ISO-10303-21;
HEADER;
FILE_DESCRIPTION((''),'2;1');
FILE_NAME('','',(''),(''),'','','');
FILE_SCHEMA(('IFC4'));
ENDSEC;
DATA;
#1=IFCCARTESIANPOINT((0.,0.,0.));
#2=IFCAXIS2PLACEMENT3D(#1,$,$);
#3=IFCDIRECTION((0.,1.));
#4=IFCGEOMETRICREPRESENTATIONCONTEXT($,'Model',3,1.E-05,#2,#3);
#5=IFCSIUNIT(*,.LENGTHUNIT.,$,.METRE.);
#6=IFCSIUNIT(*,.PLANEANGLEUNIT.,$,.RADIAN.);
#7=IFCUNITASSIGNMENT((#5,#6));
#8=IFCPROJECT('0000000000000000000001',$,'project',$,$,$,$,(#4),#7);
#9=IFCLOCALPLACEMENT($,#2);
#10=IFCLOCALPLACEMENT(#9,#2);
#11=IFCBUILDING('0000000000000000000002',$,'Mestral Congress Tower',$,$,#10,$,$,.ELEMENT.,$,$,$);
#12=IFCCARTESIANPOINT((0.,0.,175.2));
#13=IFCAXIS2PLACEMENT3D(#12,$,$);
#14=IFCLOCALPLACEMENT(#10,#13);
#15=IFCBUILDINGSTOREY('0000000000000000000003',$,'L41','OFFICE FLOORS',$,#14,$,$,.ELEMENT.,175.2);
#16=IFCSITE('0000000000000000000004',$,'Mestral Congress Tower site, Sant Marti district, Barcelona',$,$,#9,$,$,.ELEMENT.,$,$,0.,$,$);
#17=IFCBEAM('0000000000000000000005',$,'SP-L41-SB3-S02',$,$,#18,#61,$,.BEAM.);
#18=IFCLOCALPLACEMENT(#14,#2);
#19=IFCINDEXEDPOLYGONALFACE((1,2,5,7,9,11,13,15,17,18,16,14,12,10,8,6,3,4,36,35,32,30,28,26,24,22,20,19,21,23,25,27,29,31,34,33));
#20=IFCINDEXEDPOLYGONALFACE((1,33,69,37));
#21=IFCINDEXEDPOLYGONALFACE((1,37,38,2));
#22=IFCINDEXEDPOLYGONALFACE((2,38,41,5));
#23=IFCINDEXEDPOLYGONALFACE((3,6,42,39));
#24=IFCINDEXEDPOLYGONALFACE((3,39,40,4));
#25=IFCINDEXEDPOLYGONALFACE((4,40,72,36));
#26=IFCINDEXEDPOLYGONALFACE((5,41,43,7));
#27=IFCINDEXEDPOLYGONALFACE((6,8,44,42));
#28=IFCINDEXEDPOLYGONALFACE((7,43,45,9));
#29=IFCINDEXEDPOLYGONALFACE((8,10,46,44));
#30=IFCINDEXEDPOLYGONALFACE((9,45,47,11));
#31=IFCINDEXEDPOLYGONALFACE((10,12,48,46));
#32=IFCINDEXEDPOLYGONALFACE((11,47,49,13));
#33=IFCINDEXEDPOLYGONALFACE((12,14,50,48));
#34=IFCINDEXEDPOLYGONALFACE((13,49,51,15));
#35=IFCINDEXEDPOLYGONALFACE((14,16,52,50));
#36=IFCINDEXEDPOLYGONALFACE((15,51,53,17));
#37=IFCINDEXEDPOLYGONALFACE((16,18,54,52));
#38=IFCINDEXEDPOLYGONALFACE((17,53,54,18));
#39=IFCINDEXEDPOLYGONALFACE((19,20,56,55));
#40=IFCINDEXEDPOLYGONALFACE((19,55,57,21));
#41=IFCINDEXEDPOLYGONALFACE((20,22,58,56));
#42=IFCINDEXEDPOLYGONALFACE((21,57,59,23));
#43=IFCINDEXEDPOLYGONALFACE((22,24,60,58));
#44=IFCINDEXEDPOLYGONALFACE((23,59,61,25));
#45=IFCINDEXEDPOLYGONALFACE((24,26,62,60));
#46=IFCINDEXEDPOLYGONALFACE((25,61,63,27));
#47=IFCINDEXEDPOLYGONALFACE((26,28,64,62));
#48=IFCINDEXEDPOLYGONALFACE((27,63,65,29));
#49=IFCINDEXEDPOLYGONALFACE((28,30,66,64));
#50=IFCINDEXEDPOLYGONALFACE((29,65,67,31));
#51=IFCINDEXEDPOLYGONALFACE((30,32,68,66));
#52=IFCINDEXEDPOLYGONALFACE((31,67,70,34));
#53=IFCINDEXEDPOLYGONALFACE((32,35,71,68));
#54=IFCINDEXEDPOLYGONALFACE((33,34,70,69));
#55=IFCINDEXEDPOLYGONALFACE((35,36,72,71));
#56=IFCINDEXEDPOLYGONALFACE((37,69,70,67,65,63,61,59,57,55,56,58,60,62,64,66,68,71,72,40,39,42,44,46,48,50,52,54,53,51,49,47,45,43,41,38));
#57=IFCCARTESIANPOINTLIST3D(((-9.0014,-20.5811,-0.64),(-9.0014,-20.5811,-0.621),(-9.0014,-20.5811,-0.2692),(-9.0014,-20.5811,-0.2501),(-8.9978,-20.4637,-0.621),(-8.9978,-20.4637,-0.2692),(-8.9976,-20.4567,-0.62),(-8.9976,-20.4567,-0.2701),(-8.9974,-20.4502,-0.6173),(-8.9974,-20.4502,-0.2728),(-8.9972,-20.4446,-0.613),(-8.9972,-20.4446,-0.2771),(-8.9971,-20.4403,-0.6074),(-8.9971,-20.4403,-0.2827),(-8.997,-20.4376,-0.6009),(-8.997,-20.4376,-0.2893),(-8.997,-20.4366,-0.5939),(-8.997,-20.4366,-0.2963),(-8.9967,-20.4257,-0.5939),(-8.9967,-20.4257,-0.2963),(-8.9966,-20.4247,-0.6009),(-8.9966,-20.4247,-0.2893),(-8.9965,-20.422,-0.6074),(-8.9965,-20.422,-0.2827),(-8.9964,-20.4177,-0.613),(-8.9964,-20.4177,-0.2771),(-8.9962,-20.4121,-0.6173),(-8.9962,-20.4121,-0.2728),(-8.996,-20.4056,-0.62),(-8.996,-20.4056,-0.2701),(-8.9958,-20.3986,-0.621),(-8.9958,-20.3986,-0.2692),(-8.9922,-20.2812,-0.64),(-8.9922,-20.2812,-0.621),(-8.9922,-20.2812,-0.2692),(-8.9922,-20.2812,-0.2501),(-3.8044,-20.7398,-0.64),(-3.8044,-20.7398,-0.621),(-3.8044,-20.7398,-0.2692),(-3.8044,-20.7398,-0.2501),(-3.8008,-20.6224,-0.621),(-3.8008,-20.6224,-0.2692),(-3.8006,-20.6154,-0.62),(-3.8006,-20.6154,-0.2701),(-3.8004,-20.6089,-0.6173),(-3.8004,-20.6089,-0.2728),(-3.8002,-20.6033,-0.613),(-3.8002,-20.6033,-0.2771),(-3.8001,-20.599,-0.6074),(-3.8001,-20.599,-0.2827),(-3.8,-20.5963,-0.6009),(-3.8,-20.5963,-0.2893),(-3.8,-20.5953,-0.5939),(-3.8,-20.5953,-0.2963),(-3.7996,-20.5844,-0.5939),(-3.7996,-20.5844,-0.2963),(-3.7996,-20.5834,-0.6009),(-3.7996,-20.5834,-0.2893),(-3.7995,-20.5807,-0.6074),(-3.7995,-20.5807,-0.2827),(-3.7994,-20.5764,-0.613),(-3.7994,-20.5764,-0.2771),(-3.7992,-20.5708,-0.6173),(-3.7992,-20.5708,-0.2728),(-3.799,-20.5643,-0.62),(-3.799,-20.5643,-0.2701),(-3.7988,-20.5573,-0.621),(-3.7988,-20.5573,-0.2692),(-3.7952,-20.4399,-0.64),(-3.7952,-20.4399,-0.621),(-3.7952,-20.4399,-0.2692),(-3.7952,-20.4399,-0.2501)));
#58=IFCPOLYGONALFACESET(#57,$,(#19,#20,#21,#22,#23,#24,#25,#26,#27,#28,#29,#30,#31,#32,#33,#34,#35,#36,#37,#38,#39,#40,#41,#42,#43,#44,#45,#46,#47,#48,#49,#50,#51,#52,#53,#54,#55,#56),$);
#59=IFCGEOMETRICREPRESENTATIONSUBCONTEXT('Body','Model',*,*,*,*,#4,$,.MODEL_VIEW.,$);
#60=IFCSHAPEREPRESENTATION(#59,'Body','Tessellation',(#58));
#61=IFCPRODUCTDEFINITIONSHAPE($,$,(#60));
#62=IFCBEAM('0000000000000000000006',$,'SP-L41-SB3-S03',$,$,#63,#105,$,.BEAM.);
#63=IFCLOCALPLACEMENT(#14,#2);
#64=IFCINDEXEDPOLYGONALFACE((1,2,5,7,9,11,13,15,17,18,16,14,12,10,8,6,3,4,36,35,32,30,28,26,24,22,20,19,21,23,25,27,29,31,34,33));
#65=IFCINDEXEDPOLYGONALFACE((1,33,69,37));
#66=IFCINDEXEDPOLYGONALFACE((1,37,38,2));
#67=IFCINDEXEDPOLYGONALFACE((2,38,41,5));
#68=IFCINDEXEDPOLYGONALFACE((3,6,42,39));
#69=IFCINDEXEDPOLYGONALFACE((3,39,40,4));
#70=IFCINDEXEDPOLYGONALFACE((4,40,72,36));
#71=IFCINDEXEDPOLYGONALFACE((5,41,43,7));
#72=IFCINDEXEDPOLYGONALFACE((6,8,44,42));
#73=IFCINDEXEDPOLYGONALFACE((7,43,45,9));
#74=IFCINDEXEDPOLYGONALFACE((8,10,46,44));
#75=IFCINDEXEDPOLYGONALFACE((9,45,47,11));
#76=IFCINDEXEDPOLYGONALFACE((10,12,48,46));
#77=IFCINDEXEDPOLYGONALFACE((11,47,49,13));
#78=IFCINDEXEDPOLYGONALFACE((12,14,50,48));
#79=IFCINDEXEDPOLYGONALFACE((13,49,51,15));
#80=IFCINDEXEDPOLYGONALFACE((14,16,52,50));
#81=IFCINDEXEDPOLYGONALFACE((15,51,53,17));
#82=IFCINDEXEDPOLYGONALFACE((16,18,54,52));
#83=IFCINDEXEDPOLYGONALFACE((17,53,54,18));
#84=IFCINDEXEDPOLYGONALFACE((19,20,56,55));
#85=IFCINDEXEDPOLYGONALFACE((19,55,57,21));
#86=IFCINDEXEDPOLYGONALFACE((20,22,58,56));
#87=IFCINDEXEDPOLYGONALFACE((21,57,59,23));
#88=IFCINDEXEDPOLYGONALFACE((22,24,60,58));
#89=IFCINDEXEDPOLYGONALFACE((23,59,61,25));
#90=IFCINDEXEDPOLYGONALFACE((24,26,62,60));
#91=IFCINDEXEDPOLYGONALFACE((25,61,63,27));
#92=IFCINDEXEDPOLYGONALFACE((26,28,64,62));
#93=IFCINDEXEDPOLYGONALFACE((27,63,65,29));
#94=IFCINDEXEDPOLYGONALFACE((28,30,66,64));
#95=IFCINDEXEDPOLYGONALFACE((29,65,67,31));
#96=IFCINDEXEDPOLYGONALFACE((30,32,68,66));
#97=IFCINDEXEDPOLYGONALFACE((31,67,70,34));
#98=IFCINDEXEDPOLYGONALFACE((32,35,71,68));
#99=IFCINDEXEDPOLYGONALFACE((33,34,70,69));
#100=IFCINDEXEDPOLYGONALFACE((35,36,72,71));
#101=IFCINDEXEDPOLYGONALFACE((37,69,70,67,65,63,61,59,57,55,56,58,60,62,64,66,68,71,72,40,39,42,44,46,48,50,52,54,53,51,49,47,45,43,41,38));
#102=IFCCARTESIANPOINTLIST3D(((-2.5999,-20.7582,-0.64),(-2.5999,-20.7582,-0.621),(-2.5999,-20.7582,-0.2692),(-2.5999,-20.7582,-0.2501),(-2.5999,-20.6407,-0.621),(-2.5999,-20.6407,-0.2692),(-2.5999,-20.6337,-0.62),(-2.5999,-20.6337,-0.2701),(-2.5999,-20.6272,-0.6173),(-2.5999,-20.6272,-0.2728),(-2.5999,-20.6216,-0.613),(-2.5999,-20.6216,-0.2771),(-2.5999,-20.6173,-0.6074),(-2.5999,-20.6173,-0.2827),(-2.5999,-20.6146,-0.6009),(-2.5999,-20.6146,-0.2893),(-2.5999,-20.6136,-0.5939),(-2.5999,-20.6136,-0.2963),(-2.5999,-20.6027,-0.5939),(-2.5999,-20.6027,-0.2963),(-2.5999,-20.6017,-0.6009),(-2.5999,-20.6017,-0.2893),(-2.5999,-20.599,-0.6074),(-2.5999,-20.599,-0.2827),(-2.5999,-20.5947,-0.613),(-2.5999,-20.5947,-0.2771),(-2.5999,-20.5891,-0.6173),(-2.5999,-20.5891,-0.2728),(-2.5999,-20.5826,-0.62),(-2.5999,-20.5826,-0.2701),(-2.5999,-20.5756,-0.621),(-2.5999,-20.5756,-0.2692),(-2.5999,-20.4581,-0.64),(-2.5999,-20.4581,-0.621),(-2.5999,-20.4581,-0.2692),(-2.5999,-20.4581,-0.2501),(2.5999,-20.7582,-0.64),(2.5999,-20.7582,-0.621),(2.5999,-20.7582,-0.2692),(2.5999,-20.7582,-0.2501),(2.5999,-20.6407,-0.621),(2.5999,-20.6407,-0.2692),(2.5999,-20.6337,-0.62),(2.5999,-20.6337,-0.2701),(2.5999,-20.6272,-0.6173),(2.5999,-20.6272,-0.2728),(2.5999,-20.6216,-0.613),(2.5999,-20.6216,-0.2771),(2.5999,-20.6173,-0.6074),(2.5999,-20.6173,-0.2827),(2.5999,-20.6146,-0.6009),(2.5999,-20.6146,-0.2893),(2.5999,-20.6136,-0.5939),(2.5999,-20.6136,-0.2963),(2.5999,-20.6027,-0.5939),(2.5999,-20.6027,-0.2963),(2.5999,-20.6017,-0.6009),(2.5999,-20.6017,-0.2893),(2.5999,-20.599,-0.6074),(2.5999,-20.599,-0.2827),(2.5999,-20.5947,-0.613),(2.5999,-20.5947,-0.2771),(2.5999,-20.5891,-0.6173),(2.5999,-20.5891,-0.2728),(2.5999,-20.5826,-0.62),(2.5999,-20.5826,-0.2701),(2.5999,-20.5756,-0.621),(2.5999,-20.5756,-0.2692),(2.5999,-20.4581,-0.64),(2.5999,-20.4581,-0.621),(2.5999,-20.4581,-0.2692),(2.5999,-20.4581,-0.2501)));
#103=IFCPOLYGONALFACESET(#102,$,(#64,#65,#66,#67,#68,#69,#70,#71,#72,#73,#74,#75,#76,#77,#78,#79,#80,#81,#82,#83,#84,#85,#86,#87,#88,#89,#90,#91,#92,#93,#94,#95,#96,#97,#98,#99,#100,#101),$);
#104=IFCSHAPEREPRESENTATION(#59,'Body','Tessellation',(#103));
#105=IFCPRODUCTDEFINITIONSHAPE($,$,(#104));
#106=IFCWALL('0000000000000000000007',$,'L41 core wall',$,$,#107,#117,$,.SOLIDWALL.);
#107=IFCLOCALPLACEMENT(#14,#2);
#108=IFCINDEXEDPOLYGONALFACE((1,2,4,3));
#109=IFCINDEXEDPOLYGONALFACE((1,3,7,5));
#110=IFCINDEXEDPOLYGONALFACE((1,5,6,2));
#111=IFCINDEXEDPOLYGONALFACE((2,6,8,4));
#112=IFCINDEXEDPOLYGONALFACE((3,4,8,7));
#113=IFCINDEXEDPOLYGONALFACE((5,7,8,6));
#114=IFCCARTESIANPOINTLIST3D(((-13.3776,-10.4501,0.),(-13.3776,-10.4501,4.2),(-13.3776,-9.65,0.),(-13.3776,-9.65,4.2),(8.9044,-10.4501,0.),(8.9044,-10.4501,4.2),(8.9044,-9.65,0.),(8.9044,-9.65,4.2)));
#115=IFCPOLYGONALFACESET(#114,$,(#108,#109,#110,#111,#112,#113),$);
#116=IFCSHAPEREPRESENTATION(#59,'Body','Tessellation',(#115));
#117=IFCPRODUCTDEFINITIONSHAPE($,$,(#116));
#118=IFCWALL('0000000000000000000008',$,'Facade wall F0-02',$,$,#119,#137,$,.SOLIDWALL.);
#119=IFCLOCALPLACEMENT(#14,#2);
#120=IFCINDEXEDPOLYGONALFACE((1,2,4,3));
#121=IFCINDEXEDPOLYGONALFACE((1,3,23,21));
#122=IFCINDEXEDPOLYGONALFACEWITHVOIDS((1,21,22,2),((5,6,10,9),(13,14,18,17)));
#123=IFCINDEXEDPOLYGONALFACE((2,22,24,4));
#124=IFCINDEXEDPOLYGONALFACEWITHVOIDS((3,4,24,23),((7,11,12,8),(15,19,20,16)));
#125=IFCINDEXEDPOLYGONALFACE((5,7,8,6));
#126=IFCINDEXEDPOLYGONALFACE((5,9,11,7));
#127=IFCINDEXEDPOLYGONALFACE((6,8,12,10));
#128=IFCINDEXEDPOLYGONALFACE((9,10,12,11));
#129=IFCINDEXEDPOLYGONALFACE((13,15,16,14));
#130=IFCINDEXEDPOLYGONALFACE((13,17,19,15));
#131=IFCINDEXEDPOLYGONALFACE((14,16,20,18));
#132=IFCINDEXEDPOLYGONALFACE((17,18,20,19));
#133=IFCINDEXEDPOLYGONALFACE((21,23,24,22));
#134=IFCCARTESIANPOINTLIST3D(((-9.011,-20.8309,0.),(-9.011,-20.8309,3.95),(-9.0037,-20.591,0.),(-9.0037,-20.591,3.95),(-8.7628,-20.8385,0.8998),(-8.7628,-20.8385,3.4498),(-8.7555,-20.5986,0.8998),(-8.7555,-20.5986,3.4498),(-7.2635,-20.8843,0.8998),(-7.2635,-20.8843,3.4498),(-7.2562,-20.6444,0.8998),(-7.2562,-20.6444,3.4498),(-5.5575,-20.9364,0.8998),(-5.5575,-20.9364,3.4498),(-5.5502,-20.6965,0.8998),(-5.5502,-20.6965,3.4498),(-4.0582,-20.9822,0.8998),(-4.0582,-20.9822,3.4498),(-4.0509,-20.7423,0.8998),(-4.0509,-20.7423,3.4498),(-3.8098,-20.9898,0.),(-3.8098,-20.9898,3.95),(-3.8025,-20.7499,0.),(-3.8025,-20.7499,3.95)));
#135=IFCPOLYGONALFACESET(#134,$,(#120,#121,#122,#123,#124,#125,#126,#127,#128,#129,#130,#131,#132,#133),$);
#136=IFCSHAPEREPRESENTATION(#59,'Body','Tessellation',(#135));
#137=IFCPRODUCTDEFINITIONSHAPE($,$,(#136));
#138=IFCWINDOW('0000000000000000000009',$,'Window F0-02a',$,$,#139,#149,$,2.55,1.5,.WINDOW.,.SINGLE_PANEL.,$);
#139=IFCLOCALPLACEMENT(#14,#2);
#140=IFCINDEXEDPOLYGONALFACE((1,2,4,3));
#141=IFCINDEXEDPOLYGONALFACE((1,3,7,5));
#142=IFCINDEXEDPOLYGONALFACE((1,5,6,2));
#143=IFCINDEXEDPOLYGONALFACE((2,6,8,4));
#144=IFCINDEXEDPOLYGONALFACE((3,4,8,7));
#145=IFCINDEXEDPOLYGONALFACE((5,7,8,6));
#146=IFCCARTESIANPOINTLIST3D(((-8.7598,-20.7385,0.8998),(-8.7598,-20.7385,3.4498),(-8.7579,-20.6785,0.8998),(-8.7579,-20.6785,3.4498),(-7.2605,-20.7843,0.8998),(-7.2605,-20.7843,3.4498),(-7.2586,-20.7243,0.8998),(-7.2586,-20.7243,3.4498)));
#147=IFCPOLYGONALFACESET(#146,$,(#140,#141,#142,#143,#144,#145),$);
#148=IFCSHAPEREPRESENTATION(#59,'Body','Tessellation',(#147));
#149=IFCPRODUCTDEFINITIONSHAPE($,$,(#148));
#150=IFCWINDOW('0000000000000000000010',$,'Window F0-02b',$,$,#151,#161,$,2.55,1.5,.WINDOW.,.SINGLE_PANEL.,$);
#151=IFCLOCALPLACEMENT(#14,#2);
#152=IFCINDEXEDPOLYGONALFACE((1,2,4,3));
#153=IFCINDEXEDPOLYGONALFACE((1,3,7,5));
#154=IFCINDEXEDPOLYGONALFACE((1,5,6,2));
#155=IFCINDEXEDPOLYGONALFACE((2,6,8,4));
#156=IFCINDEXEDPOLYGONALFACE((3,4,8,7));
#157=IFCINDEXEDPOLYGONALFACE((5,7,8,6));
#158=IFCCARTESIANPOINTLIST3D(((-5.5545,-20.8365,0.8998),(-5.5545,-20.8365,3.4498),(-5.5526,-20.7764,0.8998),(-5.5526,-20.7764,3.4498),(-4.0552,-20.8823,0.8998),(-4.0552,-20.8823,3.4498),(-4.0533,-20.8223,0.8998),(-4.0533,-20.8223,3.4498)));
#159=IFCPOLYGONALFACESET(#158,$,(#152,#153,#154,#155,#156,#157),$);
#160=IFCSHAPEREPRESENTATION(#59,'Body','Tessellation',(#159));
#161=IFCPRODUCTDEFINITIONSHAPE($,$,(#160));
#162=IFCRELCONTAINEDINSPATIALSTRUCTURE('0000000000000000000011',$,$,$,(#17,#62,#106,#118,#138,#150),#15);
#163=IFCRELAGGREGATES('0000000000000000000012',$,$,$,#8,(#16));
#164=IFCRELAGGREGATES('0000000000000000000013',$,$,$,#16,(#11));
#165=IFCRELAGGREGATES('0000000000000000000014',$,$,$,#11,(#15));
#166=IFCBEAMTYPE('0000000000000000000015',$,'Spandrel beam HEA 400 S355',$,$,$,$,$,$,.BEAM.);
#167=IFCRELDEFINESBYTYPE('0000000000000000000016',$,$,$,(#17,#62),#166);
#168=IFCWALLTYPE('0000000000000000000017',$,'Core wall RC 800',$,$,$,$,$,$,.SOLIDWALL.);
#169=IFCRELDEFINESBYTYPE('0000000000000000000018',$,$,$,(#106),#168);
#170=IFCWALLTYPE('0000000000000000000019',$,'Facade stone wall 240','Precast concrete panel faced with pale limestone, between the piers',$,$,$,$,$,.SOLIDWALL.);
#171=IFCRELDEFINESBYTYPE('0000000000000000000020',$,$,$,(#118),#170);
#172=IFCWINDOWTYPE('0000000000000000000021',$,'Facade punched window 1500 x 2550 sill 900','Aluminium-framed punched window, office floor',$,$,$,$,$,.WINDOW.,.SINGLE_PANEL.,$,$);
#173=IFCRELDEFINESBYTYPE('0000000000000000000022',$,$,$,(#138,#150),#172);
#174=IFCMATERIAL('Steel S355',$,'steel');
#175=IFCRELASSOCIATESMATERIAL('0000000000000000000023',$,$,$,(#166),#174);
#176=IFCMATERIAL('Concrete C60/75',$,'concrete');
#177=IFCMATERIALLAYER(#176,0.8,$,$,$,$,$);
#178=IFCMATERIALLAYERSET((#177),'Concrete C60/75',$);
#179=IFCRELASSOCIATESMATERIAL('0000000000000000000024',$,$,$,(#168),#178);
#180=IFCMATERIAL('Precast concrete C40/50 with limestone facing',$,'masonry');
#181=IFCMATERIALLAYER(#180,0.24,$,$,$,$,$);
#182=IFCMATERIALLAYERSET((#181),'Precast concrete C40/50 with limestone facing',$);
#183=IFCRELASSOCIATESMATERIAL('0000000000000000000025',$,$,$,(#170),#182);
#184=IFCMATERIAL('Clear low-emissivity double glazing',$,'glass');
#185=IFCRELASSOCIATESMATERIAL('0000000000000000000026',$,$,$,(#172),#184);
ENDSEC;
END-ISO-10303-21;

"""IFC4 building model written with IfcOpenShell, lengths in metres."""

from ifc_helpers import new_model, si_unit, direction, frame, frame_2d, origin, origin_2d, place, context, subcontext, project, spatial, rectangle, i_section, extrude, material, layer, layer_set, material_profile, profile_set, type_object, element, fill, save


model = new_model("IFC4")

# Units and contexts
model_context = context("Model", 3, precision=1e-05, world=origin(), true_north=direction((0.0, 1.0)))
body_context = subcontext(model_context, "Body", "Model", "MODEL_VIEW")
ifc_project = project(units=[si_unit("LENGTHUNIT", "METRE"), si_unit("PLANEANGLEUNIT", "RADIAN")], contexts=[model_context])

# Site, building, storey
site_placement = place(None, origin())
site = spatial("IfcSite", under=ifc_project, at=site_placement, Name="Mestral Congress Tower site, Sant Marti district, Barcelona", CompositionType="ELEMENT", RefElevation=0.0)
building_placement = place(site_placement, origin())
building = spatial("IfcBuilding", under=site, at=building_placement, Name="Mestral Congress Tower", CompositionType="ELEMENT")
storey_placement = place(building_placement, frame((0.0, 0.0, 175.2)))
storey = spatial("IfcBuildingStorey", under=building, at=storey_placement, Name="L41", Description="OFFICE FLOORS", CompositionType="ELEMENT", Elevation=175.2)

# Shared definitions
ifc_material_1 = material(Name="Concrete C60/75", Category="concrete")

# Beams
ifc_material_2 = material(Name="Steel S355", Category="steel")
ifc_material_profile_1 = material_profile(ifc_material_2, i_section(OverallWidth=0.3, OverallDepth=0.3899, WebThickness=0.011, FlangeThickness=0.019, FilletRadius=0.0271, at=origin_2d()), Name="HEA 400")
ifc_profile_set_1 = profile_set([ifc_material_profile_1], Name="Steel S355")
beam_type_1 = type_object("IfcBeamType", Name="Spandrel beam HEA 400 S355", PredefinedType="BEAM", material=ifc_profile_set_1)
beam_1_placement = place(storey_placement, frame((-8.9968, -20.4312, -0.4451), z_axis=(0.999534, -0.030521, 0.0), x_axis=(0.030521, 0.999534, 0.0)))
element("IfcBeam", 1, at=beam_1_placement, inside=storey, type_object=beam_type_1, Name="SP-L41-SB3-S02", PredefinedType="BEAM", context=body_context, shape_type="SweptSolid", body=[
    extrude(i_section(OverallWidth=0.3, OverallDepth=0.3899, WebThickness=0.011, FlangeThickness=0.019, FilletRadius=0.0271, at=origin_2d()), origin(), (0.0, 0.0, 1.0), 5.1995),
])
beam_2_placement = place(storey_placement, frame((-2.5999, -20.6082, -0.4451), z_axis=(1.0, 0.0, 0.0), x_axis=(0.0, 1.0, 0.0)))
element("IfcBeam", 2, at=beam_2_placement, inside=storey, type_object=beam_type_1, Name="SP-L41-SB3-S03", PredefinedType="BEAM", context=body_context, shape_type="SweptSolid", body=[
    extrude(i_section(OverallWidth=0.3, OverallDepth=0.3899, WebThickness=0.011, FlangeThickness=0.019, FilletRadius=0.0271, at=origin_2d()), origin(), (0.0, 0.0, 1.0), 5.1997),
])

# Wall
ifc_layer_1 = layer(ifc_material_1, 0.8)
ifc_layer_set_1 = layer_set([ifc_layer_1], Name="Concrete C60/75")
wall_type_1 = type_object("IfcWallType", Name="Core wall RC 800", PredefinedType="SOLIDWALL", material=ifc_layer_set_1)
wall_1_placement = place(storey_placement, frame((-13.3777, -10.05, 0.0), z_axis=(0.0, 0.0, 1.0), x_axis=(1.0, 0.0, 0.0)))
element("IfcWall", 3, at=wall_1_placement, inside=storey, type_object=wall_type_1, Name="L41 core wall", PredefinedType="SOLIDWALL", context=body_context, shape_type="SweptSolid", body=[
    extrude(rectangle(XDim=22.282, YDim=0.8, at=frame_2d((11.1411, 0.0))), origin(), (0.0, 0.0, 1.0), 4.2),
])

# Wall, openings, windows
ifc_material_3 = material(Name="Precast concrete C40/50 with limestone facing", Category="masonry")
ifc_layer_2 = layer(ifc_material_3, 0.24)
ifc_layer_set_2 = layer_set([ifc_layer_2], Name="Precast concrete C40/50 with limestone facing")
wall_type_2 = type_object("IfcWallType", Name="Facade stone wall 240", Description="Precast concrete panel faced with pale limestone, between the piers", PredefinedType="SOLIDWALL", material=ifc_layer_set_2)
wall_2_placement = place(storey_placement, frame((-9.0073, -20.7109, 0.0), z_axis=(0.0, 0.0, 1.0), x_axis=(0.999533, -0.030543, 0.0)))
wall_2 = element("IfcWall", 4, at=wall_2_placement, inside=storey, type_object=wall_type_2, Name="Facade wall F0-02", PredefinedType="SOLIDWALL", context=body_context, shape_type="SweptSolid", body=[
    extrude(rectangle(XDim=5.2036, YDim=0.24, at=frame_2d((2.6018, 0.0))), origin(), (0.0, 0.0, 1.0), 3.95),
])
opening_1_placement = place(wall_2_placement, frame((0.2483, 0.0, 0.8999)))
opening_1 = element("IfcOpeningElement", 5, at=opening_1_placement, cuts=wall_2, PredefinedType="OPENING", context=body_context, shape_type="SweptSolid", body=[
    extrude(rectangle(XDim=1.5, YDim=2.55, at=frame_2d((0.75, 1.2749))), frame((0.0, 0.1299, 0.0), z_axis=(0.0, -1.0, 0.0), x_axis=(1.0, 0.0, 0.0)), (0.0, 0.0, 1.0), 0.26),
])
opening_2_placement = place(wall_2_placement, frame((3.4551, 0.0, 0.8999)))
opening_2 = element("IfcOpeningElement", 6, at=opening_2_placement, cuts=wall_2, PredefinedType="OPENING", context=body_context, shape_type="SweptSolid", body=[
    extrude(rectangle(XDim=1.5, YDim=2.55, at=frame_2d((0.75, 1.2749))), frame((0.0, 0.1299, 0.0), z_axis=(0.0, -1.0, 0.0), x_axis=(1.0, 0.0, 0.0)), (0.0, 0.0, 1.0), 0.26),
])
ifc_material_4 = material(Name="Clear low-emissivity double glazing", Category="glass")
window_type = type_object("IfcWindowType", Name="Facade punched window 1500 x 2550 sill 900", Description="Aluminium-framed punched window, office floor", PartitioningType="SINGLE_PANEL", PredefinedType="WINDOW", material=ifc_material_4)
window_1_placement = place(opening_1_placement, origin())
window_1 = element("IfcWindow", 7, at=window_1_placement, inside=storey, type_object=window_type, Name="Window F0-02a", OverallHeight=2.55, OverallWidth=1.5, PartitioningType="SINGLE_PANEL", PredefinedType="WINDOW", context=body_context, shape_type="SweptSolid", body=[
    extrude(rectangle(XDim=1.5, YDim=2.55, at=frame_2d((0.75, 1.2749))), frame((0.0, 0.04, 0.0), z_axis=(0.0, -1.0, 0.0), x_axis=(1.0, 0.0, 0.0)), (0.0, 0.0, 1.0), 0.0601),
])
fill(opening_1, window_1)
window_2_placement = place(opening_2_placement, origin())
window_2 = element("IfcWindow", 8, at=window_2_placement, inside=storey, type_object=window_type, Name="Window F0-02b", OverallHeight=2.55, OverallWidth=1.5, PartitioningType="SINGLE_PANEL", PredefinedType="WINDOW", context=body_context, shape_type="SweptSolid", body=[
    extrude(rectangle(XDim=1.5, YDim=2.55, at=frame_2d((0.75, 1.2749))), frame((0.0, 0.04, 0.0), z_axis=(0.0, -1.0, 0.0), x_axis=(1.0, 0.0, 0.0)), (0.0, 0.0, 1.0), 0.0601),
])
fill(opening_2, window_2)

save(model, "model.ifc")
